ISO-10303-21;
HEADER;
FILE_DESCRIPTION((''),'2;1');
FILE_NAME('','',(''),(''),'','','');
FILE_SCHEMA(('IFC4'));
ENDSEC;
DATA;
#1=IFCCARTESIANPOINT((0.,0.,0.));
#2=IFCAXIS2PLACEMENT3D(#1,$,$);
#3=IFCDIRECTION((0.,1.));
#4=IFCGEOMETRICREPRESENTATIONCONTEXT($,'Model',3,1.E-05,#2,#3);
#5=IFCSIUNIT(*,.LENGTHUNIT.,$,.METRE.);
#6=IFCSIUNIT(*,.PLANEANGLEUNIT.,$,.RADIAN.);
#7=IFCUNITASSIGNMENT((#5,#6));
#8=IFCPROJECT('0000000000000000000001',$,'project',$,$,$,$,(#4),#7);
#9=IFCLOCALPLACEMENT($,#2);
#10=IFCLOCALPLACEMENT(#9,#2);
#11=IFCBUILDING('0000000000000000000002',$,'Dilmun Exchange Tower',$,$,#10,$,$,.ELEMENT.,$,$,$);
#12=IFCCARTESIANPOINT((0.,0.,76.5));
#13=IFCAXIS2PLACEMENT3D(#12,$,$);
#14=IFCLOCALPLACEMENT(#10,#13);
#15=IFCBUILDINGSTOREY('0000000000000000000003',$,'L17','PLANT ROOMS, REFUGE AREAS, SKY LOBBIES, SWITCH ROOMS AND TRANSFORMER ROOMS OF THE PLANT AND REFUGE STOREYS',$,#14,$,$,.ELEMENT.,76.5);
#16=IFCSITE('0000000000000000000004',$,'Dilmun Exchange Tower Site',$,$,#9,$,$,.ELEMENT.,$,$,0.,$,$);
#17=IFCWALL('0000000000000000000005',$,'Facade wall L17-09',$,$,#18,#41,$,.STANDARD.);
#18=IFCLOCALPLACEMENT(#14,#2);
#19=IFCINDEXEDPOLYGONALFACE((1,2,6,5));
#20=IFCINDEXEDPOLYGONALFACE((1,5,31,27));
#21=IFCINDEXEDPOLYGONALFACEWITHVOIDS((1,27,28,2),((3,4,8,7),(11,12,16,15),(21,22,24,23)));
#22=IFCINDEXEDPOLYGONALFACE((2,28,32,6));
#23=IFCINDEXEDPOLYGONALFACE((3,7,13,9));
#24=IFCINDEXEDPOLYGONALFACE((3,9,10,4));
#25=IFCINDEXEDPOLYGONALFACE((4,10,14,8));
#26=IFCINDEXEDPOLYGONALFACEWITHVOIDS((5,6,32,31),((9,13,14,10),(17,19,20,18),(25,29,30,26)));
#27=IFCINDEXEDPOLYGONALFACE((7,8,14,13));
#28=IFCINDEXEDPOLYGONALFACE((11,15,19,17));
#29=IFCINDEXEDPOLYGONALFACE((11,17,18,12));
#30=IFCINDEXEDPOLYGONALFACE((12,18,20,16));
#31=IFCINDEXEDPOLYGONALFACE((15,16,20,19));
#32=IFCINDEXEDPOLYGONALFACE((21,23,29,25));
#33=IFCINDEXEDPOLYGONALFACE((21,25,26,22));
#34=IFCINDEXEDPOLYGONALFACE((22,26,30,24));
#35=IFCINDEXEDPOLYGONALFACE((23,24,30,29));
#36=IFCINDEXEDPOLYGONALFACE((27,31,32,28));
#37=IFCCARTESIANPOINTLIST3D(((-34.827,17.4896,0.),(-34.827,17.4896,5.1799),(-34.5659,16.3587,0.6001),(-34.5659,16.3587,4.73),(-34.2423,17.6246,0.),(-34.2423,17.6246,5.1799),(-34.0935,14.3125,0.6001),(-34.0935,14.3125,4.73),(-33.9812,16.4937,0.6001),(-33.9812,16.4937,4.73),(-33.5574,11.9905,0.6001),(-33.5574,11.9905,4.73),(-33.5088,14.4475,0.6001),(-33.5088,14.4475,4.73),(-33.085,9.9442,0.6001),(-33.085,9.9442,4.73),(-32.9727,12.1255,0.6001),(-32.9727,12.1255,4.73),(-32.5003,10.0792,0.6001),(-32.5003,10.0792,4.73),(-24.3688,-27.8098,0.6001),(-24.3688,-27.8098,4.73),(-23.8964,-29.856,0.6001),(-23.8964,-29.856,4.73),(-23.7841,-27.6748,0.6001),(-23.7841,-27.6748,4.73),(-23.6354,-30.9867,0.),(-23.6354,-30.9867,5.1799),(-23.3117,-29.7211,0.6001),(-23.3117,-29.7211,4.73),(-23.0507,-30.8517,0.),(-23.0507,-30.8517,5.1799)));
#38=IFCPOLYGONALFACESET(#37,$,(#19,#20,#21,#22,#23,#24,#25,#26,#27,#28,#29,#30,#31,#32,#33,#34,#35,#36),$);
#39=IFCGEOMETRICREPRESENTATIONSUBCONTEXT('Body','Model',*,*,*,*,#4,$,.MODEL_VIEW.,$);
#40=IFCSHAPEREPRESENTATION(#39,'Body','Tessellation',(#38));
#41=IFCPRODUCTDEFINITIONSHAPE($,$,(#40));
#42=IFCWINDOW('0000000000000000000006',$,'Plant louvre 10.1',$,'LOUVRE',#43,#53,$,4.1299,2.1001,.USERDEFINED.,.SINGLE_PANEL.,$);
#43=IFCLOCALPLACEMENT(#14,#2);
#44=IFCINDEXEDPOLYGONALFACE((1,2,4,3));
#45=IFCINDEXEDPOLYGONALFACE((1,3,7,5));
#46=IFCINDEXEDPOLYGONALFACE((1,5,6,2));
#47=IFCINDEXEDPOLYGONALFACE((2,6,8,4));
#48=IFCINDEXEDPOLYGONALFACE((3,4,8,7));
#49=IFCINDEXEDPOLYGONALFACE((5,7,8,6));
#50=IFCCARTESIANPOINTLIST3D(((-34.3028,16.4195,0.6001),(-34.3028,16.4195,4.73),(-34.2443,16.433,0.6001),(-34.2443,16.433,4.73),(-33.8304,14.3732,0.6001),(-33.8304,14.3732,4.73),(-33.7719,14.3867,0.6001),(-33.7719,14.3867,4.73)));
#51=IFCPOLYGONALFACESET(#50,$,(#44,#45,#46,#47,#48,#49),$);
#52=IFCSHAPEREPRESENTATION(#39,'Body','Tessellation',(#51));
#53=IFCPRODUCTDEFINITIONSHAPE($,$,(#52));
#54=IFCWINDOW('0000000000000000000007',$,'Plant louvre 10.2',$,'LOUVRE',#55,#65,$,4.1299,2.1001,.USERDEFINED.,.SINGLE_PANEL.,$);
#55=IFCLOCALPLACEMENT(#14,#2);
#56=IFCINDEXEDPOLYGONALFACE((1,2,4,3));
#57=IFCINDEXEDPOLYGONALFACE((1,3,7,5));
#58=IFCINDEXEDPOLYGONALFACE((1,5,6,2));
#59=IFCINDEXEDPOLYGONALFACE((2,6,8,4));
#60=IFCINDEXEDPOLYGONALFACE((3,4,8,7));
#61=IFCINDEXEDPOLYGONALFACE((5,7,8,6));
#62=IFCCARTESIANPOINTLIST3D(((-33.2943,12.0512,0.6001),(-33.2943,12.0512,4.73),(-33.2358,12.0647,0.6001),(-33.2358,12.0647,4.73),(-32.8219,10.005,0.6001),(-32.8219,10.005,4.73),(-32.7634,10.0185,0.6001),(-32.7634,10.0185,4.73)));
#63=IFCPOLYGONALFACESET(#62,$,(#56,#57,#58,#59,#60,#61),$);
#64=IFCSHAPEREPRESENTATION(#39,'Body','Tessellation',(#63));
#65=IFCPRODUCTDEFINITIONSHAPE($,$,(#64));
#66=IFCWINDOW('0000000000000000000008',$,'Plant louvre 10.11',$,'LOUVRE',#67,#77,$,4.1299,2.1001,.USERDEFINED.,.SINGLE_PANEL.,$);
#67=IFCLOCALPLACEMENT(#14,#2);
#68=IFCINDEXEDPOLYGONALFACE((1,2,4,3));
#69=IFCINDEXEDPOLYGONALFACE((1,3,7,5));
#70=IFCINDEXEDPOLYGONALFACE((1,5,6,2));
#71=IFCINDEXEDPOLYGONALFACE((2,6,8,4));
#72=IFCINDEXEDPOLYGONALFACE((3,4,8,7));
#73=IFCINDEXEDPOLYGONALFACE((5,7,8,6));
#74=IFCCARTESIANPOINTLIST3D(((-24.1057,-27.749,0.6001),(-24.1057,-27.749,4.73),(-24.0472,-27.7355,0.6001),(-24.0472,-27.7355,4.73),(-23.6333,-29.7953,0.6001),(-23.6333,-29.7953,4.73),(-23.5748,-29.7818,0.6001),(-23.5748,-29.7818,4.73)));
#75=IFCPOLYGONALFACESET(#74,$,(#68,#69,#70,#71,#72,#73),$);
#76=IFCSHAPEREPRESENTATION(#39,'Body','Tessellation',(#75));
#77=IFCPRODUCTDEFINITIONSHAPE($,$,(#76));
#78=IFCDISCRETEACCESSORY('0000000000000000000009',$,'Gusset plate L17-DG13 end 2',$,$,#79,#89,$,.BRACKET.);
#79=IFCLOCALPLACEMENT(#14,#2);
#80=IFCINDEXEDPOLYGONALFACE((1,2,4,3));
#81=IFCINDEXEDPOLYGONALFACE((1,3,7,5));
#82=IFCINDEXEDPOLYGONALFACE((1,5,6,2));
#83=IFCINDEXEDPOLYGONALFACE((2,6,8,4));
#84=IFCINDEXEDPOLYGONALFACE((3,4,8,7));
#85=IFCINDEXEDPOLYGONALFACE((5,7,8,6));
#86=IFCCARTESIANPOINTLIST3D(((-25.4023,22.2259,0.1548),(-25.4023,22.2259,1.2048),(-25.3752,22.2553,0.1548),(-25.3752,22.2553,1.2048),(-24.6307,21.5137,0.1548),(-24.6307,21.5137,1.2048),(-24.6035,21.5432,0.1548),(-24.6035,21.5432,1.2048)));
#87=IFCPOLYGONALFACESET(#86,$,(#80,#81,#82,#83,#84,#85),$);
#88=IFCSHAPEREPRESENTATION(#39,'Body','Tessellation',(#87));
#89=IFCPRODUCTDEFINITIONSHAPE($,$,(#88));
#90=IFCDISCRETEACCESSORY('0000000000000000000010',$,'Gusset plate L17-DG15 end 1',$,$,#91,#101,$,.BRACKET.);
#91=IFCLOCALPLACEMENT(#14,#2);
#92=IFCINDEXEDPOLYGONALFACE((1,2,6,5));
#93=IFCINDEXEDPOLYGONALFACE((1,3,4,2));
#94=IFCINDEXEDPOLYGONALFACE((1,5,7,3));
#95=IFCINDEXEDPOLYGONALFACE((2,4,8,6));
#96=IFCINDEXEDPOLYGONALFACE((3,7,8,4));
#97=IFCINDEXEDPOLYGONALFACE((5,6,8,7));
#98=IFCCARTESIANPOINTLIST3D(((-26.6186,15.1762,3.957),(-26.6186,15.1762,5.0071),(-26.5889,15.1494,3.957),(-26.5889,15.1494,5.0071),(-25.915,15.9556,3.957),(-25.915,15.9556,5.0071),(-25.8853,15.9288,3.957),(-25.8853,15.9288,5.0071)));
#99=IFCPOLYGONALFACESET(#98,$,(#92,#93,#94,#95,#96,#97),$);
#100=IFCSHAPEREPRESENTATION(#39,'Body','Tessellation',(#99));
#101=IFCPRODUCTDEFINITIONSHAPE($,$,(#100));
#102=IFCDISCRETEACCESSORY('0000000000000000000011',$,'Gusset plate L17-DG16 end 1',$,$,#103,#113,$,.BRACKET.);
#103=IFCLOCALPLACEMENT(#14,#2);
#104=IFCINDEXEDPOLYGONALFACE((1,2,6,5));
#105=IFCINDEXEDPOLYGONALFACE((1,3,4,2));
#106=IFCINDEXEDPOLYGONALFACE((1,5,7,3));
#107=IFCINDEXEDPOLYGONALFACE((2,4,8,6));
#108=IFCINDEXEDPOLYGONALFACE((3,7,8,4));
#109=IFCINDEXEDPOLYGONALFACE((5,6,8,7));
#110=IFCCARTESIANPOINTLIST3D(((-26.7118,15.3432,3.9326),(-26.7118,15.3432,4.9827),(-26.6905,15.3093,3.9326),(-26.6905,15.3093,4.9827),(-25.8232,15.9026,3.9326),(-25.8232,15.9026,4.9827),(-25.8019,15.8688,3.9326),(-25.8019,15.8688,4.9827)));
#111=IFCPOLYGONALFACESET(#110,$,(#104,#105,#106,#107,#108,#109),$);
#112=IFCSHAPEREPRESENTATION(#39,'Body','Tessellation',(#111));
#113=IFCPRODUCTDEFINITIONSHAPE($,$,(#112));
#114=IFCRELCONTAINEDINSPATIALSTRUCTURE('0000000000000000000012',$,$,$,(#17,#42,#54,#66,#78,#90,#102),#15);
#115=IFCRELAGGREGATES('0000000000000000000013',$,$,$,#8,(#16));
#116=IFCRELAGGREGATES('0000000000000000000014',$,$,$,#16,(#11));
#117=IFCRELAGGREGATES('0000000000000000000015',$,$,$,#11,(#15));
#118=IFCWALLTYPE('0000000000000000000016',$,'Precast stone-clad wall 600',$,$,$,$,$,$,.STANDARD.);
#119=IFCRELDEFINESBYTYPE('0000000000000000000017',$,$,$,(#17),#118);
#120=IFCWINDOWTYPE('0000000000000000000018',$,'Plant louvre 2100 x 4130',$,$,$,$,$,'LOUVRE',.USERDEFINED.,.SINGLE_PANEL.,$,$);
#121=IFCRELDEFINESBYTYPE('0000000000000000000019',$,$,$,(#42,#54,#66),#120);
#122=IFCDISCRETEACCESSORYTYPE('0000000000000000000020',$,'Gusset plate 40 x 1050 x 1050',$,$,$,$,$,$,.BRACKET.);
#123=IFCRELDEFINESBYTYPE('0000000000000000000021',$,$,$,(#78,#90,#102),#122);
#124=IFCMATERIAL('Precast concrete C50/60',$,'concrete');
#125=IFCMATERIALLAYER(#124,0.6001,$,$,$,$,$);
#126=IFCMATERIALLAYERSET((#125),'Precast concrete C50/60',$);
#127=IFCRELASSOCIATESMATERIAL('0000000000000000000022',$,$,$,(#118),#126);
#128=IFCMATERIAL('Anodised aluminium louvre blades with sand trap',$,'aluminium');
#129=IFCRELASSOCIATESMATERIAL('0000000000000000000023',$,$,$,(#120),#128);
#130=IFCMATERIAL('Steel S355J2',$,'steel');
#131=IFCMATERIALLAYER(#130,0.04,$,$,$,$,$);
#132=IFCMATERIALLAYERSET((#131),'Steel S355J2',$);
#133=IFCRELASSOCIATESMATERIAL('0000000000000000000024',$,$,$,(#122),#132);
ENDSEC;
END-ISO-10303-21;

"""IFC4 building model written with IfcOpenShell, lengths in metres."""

from ifc_helpers import new_model, si_unit, direction, frame, frame_2d, origin, origin_2d, place, context, subcontext, project, spatial, rectangle, extrude, material, layer, layer_set, type_object, element, fill, save


model = new_model("IFC4")

# Units and contexts
model_context = context("Model", 3, precision=1e-05, world=origin(), true_north=direction((0.0, 1.0)))
body_context = subcontext(model_context, "Body", "Model", "MODEL_VIEW")
ifc_project = project(units=[si_unit("LENGTHUNIT", "METRE"), si_unit("PLANEANGLEUNIT", "RADIAN")], contexts=[model_context])

# Site, building, storey
site_placement = place(None, origin())
site = spatial("IfcSite", under=ifc_project, at=site_placement, Name="Dilmun Exchange Tower Site", CompositionType="ELEMENT", RefElevation=0.0)
building_placement = place(site_placement, origin())
building = spatial("IfcBuilding", under=site, at=building_placement, Name="Dilmun Exchange Tower", CompositionType="ELEMENT")
storey_placement = place(building_placement, frame((0.0, 0.0, 76.5)))
storey = spatial("IfcBuildingStorey", under=building, at=storey_placement, Name="L17", Description="PLANT ROOMS, REFUGE AREAS, SKY LOBBIES, SWITCH ROOMS AND TRANSFORMER ROOMS OF THE PLANT AND REFUGE STOREYS", CompositionType="ELEMENT", Elevation=76.5)

# Shared definitions
ifc_material_1 = material(Name="Precast concrete C50/60", Category="concrete")
ifc_layer_1 = layer(ifc_material_1, 0.6001)
ifc_layer_set_1 = layer_set([ifc_layer_1], Name="Precast concrete C50/60")
wall_type_1 = type_object("IfcWallType", Name="Precast stone-clad wall 600", PredefinedType="STANDARD", material=ifc_layer_set_1)

# Wall, openings, windows
wall_1_placement = place(storey_placement, frame((-34.5347, 17.5571, 0.0), z_axis=(0.0, 0.0, 1.0), x_axis=(0.224951, -0.97437, 0.0)))
wall_1 = element("IfcWall", 1, at=wall_1_placement, inside=storey, type_object=wall_type_1, Name="Facade wall L17-09", PredefinedType="STANDARD", context=body_context, shape_type="SweptSolid", body=[
    extrude(rectangle(XDim=49.7515, YDim=0.6001, at=frame_2d((24.8757, 0.0))), origin(), (0.0, 0.0, 1.0), 5.1799),
])
opening_1_placement = place(wall_1_placement, frame((1.1606, 0.0, 0.6001)))
opening_1 = element("IfcOpeningElement", 2, at=opening_1_placement, cuts=wall_1, PredefinedType="OPENING", context=body_context, shape_type="SweptSolid", body=[
    extrude(rectangle(XDim=2.1001, YDim=4.1299, at=frame_2d((1.05, 2.0649))), frame((0.0, 0.3101, 0.0), z_axis=(0.0, -1.0, 0.0), x_axis=(1.0, 0.0, 0.0)), (0.0, 0.0, 1.0), 0.6201),
])
opening_2_placement = place(wall_1_placement, frame((5.6438, 0.0, 0.6001)))
opening_2 = element("IfcOpeningElement", 3, at=opening_2_placement, cuts=wall_1, PredefinedType="OPENING", context=body_context, shape_type="SweptSolid", body=[
    extrude(rectangle(XDim=2.1001, YDim=4.1299, at=frame_2d((1.05, 2.0649))), frame((0.0, 0.3101, 0.0), z_axis=(0.0, -1.0, 0.0), x_axis=(1.0, 0.0, 0.0)), (0.0, 0.0, 1.0), 0.6201),
])
opening_3_placement = place(wall_1_placement, frame((46.491, 0.0, 0.6001)))
opening_3 = element("IfcOpeningElement", 4, at=opening_3_placement, cuts=wall_1, PredefinedType="OPENING", context=body_context, shape_type="SweptSolid", body=[
    extrude(rectangle(XDim=2.1001, YDim=4.1299, at=frame_2d((1.05, 2.0649))), frame((0.0, 0.3101, 0.0), z_axis=(0.0, -1.0, 0.0), x_axis=(1.0, 0.0, 0.0)), (0.0, 0.0, 1.0), 0.6201),
])
ifc_material_2 = material(Name="Anodised aluminium louvre blades with sand trap", Category="aluminium")
window_type = type_object("IfcWindowType", Name="Plant louvre 2100 x 4130", ElementType="LOUVRE", PartitioningType="SINGLE_PANEL", PredefinedType="USERDEFINED", material=ifc_material_2)
window_1_placement = place(opening_1_placement, origin())
window_1 = element("IfcWindow", 5, at=window_1_placement, inside=storey, type_object=window_type, Name="Plant louvre 10.1", ObjectType="LOUVRE", OverallHeight=4.1299, OverallWidth=2.1001, PartitioningType="SINGLE_PANEL", PredefinedType="USERDEFINED", context=body_context, shape_type="SweptSolid", body=[
    extrude(rectangle(XDim=2.1001, YDim=4.1299, at=frame_2d((1.05, 2.0649))), frame((0.0, 0.03, 0.0), z_axis=(0.0, -1.0, 0.0), x_axis=(1.0, 0.0, 0.0)), (0.0, 0.0, 1.0), 0.0601),
])
fill(opening_1, window_1)
window_2_placement = place(opening_2_placement, origin())
window_2 = element("IfcWindow", 6, at=window_2_placement, inside=storey, type_object=window_type, Name="Plant louvre 10.2", ObjectType="LOUVRE", OverallHeight=4.1299, OverallWidth=2.1001, PartitioningType="SINGLE_PANEL", PredefinedType="USERDEFINED", context=body_context, shape_type="SweptSolid", body=[
    extrude(rectangle(XDim=2.1001, YDim=4.1299, at=frame_2d((1.05, 2.0649))), frame((0.0, 0.03, 0.0), z_axis=(0.0, -1.0, 0.0), x_axis=(1.0, 0.0, 0.0)), (0.0, 0.0, 1.0), 0.0601),
])
fill(opening_2, window_2)
window_3_placement = place(opening_3_placement, origin())
window_3 = element("IfcWindow", 7, at=window_3_placement, inside=storey, type_object=window_type, Name="Plant louvre 10.11", ObjectType="LOUVRE", OverallHeight=4.1299, OverallWidth=2.1001, PartitioningType="SINGLE_PANEL", PredefinedType="USERDEFINED", context=body_context, shape_type="SweptSolid", body=[
    extrude(rectangle(XDim=2.1001, YDim=4.1299, at=frame_2d((1.05, 2.0649))), frame((0.0, 0.03, 0.0), z_axis=(0.0, -1.0, 0.0), x_axis=(1.0, 0.0, 0.0)), (0.0, 0.0, 1.0), 0.0601),
])
fill(opening_3, window_3)

# Discrete accessories
ifc_material_3 = material(Name="Steel S355J2", Category="steel")
ifc_layer_2 = layer(ifc_material_3, 0.04)
ifc_layer_set_2 = layer_set([ifc_layer_2], Name="Steel S355J2")
discrete_accessory_type = type_object("IfcDiscreteAccessoryType", Name="Gusset plate 40 x 1050 x 1050", PredefinedType="BRACKET", material=ifc_layer_set_2)
for number, where, z_axis, x_axis, name in (
    (8, (-25.0029, 21.8845, 0.1548), (0.0, 0.0, 1.0), (-0.734894, 0.678181, 0.0), "Gusset plate L17-DG13 end 2"),
    (9, (-26.252, 15.5525, 3.957), (0.0, 0.0, 1.0), (-0.670082, -0.742287, 0.0), "Gusset plate L17-DG15 end 1"),
    (10, (-26.2568, 15.606, 3.9326), (0.0, 0.0, 1.0), (-0.846237, -0.532807, 0.0), "Gusset plate L17-DG16 end 1"),
):
    element("IfcDiscreteAccessory", number, at=place(storey_placement, frame(where, z_axis=z_axis, x_axis=x_axis)), inside=storey, type_object=discrete_accessory_type, Name=name, PredefinedType="BRACKET", context=body_context, shape_type="SweptSolid", body=[
        extrude(rectangle(XDim=1.05, YDim=0.04, at=origin_2d()), origin(), (0.0, 0.0, 1.0), 1.05),
    ])

save(model, "model.ifc")
